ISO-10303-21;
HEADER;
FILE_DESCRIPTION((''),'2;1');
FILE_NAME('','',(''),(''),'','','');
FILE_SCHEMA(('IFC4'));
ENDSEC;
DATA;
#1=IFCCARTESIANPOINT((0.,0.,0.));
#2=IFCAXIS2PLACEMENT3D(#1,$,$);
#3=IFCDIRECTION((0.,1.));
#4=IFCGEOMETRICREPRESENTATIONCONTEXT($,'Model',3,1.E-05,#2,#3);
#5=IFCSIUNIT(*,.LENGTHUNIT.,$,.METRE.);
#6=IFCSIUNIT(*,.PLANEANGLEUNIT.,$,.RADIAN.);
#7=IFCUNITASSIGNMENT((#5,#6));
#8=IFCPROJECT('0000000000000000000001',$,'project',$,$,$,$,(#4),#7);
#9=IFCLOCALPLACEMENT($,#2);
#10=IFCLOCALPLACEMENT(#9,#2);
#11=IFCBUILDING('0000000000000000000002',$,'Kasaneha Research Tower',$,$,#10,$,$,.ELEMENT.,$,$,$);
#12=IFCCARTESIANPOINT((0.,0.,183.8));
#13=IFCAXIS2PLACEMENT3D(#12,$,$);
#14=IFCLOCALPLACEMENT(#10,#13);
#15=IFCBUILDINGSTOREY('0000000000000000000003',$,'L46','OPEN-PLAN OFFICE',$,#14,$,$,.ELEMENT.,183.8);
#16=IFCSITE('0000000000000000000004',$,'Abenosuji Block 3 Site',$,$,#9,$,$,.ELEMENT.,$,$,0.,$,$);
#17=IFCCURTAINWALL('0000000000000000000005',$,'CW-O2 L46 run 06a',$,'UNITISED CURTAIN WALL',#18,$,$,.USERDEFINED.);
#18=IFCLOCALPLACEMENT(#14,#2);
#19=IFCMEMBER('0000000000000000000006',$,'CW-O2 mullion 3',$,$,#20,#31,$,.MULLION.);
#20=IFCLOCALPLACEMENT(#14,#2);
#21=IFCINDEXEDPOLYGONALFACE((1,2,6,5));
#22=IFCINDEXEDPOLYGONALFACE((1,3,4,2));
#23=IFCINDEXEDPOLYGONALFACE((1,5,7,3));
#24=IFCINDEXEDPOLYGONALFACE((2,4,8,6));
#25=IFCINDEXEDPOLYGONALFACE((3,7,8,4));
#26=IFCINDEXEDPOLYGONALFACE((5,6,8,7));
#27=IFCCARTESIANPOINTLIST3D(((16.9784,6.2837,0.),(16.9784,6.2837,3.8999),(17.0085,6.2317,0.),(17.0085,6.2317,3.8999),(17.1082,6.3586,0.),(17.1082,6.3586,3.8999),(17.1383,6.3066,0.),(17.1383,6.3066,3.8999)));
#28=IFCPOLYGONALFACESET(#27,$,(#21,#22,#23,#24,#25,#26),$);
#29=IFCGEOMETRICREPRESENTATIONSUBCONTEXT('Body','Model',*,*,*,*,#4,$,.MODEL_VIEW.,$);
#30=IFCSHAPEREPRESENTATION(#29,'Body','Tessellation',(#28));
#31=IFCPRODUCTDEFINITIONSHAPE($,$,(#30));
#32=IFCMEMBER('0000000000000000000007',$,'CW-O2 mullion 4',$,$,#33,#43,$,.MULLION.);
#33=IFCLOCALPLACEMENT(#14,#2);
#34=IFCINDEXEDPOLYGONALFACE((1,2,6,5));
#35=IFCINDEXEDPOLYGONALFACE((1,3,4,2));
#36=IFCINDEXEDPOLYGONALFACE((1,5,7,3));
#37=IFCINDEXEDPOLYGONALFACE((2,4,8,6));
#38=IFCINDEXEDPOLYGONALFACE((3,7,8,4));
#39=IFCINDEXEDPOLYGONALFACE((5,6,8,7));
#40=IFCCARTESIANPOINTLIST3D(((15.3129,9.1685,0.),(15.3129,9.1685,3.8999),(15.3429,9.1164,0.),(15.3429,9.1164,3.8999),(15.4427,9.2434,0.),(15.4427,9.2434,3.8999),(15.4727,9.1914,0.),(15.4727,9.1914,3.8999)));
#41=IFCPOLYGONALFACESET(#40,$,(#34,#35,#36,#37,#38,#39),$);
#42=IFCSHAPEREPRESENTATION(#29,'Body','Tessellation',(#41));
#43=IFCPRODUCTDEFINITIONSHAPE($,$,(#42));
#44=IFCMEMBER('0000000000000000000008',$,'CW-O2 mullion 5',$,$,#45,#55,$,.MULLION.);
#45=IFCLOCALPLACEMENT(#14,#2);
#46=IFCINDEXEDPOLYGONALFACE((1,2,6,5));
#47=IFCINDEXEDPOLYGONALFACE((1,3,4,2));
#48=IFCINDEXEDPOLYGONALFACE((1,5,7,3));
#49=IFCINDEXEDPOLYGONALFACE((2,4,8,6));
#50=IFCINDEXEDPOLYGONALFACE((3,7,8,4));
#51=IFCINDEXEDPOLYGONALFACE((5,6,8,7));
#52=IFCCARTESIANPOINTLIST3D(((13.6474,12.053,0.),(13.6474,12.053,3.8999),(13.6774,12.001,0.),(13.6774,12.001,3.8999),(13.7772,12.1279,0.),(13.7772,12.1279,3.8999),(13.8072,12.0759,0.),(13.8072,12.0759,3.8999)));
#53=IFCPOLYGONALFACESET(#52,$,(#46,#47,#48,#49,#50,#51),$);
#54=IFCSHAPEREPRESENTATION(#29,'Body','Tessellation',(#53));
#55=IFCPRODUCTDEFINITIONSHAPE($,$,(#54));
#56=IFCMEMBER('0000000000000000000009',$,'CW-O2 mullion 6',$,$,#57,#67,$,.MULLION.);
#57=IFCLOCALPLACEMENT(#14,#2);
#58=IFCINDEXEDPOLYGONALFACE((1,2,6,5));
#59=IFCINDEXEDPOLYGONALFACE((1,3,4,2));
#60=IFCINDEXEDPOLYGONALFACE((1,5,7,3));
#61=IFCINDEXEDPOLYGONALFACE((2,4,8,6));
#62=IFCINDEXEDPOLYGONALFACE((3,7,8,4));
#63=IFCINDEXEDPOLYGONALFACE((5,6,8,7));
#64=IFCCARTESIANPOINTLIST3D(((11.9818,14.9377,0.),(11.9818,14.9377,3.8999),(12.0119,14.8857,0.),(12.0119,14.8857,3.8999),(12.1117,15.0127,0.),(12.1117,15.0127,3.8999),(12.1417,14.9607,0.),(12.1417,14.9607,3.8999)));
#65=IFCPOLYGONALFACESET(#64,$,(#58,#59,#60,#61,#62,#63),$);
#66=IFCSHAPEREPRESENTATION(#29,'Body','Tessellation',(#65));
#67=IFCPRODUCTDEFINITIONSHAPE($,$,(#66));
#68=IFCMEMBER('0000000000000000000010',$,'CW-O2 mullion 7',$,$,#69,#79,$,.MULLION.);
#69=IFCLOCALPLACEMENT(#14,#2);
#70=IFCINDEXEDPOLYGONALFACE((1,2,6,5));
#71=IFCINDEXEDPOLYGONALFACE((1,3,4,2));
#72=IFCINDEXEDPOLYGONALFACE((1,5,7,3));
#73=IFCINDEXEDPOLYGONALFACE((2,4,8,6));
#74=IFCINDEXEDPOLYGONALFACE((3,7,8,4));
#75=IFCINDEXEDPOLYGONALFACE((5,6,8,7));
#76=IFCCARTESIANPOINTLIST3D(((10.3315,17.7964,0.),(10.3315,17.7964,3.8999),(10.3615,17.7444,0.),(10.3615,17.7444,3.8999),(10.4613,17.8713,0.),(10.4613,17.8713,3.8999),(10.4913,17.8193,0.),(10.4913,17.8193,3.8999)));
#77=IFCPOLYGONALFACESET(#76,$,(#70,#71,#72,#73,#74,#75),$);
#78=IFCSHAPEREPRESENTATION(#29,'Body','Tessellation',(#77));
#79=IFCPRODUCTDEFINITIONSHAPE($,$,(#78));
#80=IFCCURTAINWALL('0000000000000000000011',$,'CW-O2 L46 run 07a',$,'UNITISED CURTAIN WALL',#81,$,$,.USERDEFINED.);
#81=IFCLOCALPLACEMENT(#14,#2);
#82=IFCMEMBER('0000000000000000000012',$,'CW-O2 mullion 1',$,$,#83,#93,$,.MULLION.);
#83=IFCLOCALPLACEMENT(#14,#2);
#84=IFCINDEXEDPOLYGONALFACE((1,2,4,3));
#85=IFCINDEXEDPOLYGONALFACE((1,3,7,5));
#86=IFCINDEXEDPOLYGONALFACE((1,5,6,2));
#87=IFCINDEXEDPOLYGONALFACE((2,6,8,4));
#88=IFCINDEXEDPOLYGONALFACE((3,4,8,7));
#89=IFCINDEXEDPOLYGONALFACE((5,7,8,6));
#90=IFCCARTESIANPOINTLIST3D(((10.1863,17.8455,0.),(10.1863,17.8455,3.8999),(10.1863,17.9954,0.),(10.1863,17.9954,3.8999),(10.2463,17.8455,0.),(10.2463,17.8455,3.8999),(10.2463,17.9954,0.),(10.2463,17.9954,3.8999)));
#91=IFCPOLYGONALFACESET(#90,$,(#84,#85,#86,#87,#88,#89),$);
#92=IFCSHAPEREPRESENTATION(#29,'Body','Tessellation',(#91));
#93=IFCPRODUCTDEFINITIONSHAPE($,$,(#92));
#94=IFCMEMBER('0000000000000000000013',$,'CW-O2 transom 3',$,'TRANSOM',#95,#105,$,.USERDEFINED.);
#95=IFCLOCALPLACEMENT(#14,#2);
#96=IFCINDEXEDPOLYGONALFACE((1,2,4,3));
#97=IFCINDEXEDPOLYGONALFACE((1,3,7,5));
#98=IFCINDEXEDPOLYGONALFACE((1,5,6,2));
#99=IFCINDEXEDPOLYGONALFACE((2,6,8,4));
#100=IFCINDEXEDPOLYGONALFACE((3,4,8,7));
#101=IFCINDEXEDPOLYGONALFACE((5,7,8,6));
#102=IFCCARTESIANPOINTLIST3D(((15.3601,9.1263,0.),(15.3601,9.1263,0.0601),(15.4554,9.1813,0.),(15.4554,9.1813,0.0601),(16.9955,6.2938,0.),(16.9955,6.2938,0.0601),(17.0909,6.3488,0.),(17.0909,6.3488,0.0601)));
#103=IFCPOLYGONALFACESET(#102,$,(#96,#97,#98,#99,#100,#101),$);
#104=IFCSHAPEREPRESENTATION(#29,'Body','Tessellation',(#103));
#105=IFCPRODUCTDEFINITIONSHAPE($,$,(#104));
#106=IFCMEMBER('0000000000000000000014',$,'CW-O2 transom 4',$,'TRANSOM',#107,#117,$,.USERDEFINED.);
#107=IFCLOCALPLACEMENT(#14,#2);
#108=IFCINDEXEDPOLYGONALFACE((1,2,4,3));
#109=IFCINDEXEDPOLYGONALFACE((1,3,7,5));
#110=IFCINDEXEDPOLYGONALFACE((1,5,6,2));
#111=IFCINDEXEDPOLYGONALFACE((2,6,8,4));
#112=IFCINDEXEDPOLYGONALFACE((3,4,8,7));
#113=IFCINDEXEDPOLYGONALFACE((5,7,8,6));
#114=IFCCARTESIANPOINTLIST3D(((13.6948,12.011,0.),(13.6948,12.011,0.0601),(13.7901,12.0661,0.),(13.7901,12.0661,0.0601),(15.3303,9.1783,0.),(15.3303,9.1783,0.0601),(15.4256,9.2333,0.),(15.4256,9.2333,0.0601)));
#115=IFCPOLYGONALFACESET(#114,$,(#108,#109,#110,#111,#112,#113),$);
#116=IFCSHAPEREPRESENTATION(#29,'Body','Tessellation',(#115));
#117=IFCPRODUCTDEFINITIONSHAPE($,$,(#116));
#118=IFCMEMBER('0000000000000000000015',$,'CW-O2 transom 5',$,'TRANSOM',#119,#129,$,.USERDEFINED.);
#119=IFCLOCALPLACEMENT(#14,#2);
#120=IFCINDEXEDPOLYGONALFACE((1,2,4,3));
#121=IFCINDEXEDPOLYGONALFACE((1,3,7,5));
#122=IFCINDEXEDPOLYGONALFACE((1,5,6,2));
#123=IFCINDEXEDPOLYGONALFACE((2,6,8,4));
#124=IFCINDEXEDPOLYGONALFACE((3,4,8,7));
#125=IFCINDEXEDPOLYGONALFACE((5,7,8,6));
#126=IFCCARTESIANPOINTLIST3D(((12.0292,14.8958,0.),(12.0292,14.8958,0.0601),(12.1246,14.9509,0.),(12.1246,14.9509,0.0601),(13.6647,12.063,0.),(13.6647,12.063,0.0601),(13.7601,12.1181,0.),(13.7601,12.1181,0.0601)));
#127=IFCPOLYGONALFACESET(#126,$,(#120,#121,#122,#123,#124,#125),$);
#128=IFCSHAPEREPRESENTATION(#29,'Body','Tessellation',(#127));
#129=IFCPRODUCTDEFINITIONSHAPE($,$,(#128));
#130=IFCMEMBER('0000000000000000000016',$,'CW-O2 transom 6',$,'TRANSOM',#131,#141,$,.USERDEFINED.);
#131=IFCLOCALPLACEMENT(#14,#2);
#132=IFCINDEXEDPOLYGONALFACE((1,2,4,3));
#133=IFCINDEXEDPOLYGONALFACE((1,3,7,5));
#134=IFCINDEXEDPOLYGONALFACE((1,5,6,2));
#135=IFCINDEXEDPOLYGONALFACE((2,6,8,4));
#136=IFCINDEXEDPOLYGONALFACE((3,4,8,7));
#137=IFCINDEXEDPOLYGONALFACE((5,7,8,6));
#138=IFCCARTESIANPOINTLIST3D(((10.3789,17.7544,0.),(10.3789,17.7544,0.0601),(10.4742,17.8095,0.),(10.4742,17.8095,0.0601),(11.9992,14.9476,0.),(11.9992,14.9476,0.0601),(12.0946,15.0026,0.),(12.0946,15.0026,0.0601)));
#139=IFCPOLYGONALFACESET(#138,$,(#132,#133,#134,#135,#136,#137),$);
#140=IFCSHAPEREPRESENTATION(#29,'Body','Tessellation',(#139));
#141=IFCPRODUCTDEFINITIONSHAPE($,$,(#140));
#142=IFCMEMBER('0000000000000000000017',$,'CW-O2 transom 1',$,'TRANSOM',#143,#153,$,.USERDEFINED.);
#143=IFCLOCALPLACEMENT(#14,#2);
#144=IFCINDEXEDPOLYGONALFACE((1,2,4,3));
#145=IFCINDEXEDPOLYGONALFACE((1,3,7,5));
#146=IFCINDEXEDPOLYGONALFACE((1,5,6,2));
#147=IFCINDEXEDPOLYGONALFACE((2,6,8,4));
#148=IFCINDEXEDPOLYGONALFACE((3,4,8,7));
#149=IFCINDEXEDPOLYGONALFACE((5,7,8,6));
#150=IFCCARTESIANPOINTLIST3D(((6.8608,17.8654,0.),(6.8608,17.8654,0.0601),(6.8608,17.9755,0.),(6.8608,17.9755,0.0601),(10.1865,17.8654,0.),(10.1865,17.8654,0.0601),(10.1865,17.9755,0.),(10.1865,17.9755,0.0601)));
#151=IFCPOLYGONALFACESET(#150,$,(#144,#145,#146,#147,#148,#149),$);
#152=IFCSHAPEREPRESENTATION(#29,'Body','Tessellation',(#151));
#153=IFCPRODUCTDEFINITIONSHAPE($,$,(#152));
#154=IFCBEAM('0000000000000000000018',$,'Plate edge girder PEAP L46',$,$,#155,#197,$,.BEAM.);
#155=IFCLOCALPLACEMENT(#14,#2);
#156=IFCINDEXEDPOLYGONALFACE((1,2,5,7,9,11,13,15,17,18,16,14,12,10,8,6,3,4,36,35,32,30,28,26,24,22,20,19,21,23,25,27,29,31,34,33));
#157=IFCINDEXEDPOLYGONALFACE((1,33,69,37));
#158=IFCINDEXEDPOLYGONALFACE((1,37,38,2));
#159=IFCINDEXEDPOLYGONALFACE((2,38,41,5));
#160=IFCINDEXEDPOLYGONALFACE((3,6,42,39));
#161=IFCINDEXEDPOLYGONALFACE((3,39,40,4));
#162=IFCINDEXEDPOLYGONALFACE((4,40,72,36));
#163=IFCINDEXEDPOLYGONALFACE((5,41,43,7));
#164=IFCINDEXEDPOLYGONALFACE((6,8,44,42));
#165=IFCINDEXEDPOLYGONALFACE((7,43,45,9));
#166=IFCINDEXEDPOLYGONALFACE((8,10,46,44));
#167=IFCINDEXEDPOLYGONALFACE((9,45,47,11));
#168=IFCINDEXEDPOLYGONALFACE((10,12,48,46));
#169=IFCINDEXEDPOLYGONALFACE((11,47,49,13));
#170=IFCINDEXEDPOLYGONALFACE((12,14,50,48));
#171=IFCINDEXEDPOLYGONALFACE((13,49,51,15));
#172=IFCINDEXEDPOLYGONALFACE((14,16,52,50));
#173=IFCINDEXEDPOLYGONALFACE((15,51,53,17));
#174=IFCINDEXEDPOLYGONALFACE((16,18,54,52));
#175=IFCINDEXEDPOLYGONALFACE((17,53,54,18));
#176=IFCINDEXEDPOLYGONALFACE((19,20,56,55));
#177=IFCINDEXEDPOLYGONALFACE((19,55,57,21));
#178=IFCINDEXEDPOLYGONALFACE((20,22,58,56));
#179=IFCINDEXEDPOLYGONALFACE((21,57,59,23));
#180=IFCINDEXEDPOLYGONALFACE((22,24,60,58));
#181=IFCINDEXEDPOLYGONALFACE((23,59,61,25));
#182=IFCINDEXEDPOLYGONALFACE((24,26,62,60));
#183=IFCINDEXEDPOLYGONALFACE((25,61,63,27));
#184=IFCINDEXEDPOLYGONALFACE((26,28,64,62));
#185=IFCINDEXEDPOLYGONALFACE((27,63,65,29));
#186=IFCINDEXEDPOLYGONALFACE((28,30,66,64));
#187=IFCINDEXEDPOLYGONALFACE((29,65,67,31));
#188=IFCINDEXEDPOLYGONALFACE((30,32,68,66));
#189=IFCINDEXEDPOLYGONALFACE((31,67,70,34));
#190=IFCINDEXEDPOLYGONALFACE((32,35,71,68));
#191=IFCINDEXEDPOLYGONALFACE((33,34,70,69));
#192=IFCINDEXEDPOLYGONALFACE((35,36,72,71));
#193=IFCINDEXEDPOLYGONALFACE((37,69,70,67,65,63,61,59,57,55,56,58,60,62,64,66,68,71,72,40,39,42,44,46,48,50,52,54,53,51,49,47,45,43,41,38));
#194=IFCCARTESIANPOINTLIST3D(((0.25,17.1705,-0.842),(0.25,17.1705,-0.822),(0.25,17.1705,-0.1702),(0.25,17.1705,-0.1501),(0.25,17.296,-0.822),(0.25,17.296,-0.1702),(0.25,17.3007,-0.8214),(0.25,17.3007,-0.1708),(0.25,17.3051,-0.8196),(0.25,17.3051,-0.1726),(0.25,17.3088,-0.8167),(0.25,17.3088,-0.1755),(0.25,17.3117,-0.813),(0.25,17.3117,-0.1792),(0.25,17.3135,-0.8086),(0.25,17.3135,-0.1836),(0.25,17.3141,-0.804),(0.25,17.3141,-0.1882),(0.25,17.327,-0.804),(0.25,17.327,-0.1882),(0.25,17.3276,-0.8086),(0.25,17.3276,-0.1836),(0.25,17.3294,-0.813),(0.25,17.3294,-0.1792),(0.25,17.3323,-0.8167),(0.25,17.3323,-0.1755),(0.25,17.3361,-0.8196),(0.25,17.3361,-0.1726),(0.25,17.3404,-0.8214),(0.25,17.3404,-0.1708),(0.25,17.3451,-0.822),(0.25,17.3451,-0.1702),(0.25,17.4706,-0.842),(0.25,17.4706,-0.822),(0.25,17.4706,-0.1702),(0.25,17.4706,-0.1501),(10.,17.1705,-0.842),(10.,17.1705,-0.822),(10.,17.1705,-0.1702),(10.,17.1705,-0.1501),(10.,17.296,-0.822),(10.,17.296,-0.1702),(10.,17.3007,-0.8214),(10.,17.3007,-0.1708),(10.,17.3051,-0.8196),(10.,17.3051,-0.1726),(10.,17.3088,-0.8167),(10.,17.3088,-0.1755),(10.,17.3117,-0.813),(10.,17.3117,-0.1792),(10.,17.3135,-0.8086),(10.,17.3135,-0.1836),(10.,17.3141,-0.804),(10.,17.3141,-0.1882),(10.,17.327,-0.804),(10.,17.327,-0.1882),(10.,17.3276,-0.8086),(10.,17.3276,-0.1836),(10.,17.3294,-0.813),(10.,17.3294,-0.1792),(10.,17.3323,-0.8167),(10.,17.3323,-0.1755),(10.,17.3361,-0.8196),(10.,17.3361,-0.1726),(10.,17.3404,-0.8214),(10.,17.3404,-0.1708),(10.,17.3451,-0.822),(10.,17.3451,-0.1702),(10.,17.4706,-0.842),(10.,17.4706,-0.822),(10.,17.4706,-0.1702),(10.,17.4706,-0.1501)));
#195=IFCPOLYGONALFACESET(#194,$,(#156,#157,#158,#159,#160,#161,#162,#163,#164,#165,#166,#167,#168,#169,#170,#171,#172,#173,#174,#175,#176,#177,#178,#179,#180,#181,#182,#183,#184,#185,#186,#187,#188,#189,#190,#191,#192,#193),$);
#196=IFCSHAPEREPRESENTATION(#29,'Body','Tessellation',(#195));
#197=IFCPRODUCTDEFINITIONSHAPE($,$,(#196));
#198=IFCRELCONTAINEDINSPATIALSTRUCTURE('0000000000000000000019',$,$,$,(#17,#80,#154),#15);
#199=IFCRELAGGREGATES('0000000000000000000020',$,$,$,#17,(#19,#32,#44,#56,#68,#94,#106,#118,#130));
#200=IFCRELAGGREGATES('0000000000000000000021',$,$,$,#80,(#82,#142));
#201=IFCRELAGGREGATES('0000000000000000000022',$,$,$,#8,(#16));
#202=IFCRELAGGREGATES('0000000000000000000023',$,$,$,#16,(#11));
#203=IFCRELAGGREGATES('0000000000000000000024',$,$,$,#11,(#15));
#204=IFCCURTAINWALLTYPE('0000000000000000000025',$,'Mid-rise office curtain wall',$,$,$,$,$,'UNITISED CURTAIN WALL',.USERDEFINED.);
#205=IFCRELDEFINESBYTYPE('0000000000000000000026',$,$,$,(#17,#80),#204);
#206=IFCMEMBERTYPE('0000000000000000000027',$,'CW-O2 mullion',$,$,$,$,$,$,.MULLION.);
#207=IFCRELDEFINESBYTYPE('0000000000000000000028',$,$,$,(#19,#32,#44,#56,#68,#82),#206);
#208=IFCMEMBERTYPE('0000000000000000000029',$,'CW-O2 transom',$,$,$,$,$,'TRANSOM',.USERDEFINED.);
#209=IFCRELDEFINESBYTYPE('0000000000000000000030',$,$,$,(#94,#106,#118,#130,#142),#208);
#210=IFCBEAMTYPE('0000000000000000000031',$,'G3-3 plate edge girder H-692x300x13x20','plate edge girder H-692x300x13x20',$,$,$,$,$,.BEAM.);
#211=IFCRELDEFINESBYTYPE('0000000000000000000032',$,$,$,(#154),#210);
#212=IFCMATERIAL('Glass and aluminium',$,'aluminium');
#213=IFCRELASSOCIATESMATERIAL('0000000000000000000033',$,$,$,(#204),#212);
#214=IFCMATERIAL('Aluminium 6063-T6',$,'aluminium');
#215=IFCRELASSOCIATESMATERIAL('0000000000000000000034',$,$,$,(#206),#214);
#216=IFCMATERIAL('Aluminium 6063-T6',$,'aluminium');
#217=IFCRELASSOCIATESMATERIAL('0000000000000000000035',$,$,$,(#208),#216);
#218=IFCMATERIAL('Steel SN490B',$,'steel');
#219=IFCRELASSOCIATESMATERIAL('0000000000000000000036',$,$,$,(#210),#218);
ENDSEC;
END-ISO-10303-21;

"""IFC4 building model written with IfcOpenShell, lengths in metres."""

from ifc_helpers import new_model, si_unit, direction, frame, origin, origin_2d, place, context, subcontext, project, spatial, rectangle, i_section, extrude, material, material_profile, profile_set, type_object, element, aggregate, save


model = new_model("IFC4")

# Units and contexts
model_context = context("Model", 3, precision=1e-05, world=origin(), true_north=direction((0.0, 1.0)))
body_context = subcontext(model_context, "Body", "Model", "MODEL_VIEW")
ifc_project = project(units=[si_unit("LENGTHUNIT", "METRE"), si_unit("PLANEANGLEUNIT", "RADIAN")], contexts=[model_context])

# Site, building, storey
site_placement = place(None, origin())
site = spatial("IfcSite", under=ifc_project, at=site_placement, Name="Abenosuji Block 3 Site", CompositionType="ELEMENT", RefElevation=0.0)
building_placement = place(site_placement, origin())
building = spatial("IfcBuilding", under=site, at=building_placement, Name="Kasaneha Research Tower", CompositionType="ELEMENT")
storey_placement = place(building_placement, frame((0.0, 0.0, 183.8)))
storey = spatial("IfcBuildingStorey", under=building, at=storey_placement, Name="L46", Description="OPEN-PLAN OFFICE", CompositionType="ELEMENT", Elevation=183.8)

# Curtain wall, members
ifc_material_1 = material(Name="Glass and aluminium", Category="aluminium")
curtain_wall_type = type_object("IfcCurtainWallType", Name="Mid-rise office curtain wall", ElementType="UNITISED CURTAIN WALL", PredefinedType="USERDEFINED", material=ifc_material_1)
curtain_wall_1_placement = place(storey_placement, origin())
curtain_wall_1 = element("IfcCurtainWall", 1, at=curtain_wall_1_placement, inside=storey, type_object=curtain_wall_type, Name="CW-O2 L46 run 06a", ObjectType="UNITISED CURTAIN WALL", PredefinedType="USERDEFINED")
ifc_material_2 = material(Name="Aluminium 6063-T6", Category="aluminium")
ifc_material_profile_1 = material_profile(ifc_material_2, rectangle(XDim=0.0601, YDim=0.1499, at=origin_2d()), Name="CW-O2 mullion 60x150")
ifc_profile_set_1 = profile_set([ifc_material_profile_1], Name="Aluminium 6063-T6")
member_type_1 = type_object("IfcMemberType", Name="CW-O2 mullion", PredefinedType="MULLION", material=ifc_profile_set_1)
member_1_placement = place(storey_placement, frame((17.0583, 6.2952, 0.0), z_axis=(0.0, 0.0, 1.0), x_axis=(-0.5, 0.866025, 0.0)))
member_1 = element("IfcMember", 2, at=member_1_placement, type_object=member_type_1, Name="CW-O2 mullion 3", PredefinedType="MULLION", context=body_context, shape_type="SweptSolid", body=[
    extrude(rectangle(XDim=0.0601, YDim=0.1499, at=origin_2d()), origin(), (0.0, 0.0, 1.0), 3.8999),
])
member_2_placement = place(storey_placement, frame((15.3928, 9.1799, 0.0), z_axis=(0.0, 0.0, 1.0), x_axis=(-0.5, 0.866025, 0.0)))
member_2 = element("IfcMember", 3, at=member_2_placement, type_object=member_type_1, Name="CW-O2 mullion 4", PredefinedType="MULLION", context=body_context, shape_type="SweptSolid", body=[
    extrude(rectangle(XDim=0.0601, YDim=0.1499, at=origin_2d()), origin(), (0.0, 0.0, 1.0), 3.8999),
])
member_3_placement = place(storey_placement, frame((13.7273, 12.0645, 0.0), z_axis=(0.0, 0.0, 1.0), x_axis=(-0.5, 0.866025, 0.0)))
member_3 = element("IfcMember", 4, at=member_3_placement, type_object=member_type_1, Name="CW-O2 mullion 5", PredefinedType="MULLION", context=body_context, shape_type="SweptSolid", body=[
    extrude(rectangle(XDim=0.0601, YDim=0.1499, at=origin_2d()), origin(), (0.0, 0.0, 1.0), 3.8999),
])
member_4_placement = place(storey_placement, frame((12.0618, 14.9492, 0.0), z_axis=(0.0, 0.0, 1.0), x_axis=(-0.5, 0.866025, 0.0)))
member_4 = element("IfcMember", 5, at=member_4_placement, type_object=member_type_1, Name="CW-O2 mullion 6", PredefinedType="MULLION", context=body_context, shape_type="SweptSolid", body=[
    extrude(rectangle(XDim=0.0601, YDim=0.1499, at=origin_2d()), origin(), (0.0, 0.0, 1.0), 3.8999),
])
member_5_placement = place(storey_placement, frame((10.4114, 17.8079, 0.0), z_axis=(0.0, 0.0, 1.0), x_axis=(-0.5, 0.866025, 0.0)))
member_5 = element("IfcMember", 6, at=member_5_placement, type_object=member_type_1, Name="CW-O2 mullion 7", PredefinedType="MULLION", context=body_context, shape_type="SweptSolid", body=[
    extrude(rectangle(XDim=0.0601, YDim=0.1499, at=origin_2d()), origin(), (0.0, 0.0, 1.0), 3.8999),
])

# Curtain wall, member
curtain_wall_2_placement = place(storey_placement, origin())
curtain_wall_2 = element("IfcCurtainWall", 7, at=curtain_wall_2_placement, inside=storey, type_object=curtain_wall_type, Name="CW-O2 L46 run 07a", ObjectType="UNITISED CURTAIN WALL", PredefinedType="USERDEFINED")
member_6_placement = place(storey_placement, frame((10.2163, 17.9204, 0.0), z_axis=(0.0, 0.0, 1.0), x_axis=(-1.0, 0.0, 0.0)))
member_6 = element("IfcMember", 8, at=member_6_placement, type_object=member_type_1, Name="CW-O2 mullion 1", PredefinedType="MULLION", context=body_context, shape_type="SweptSolid", body=[
    extrude(rectangle(XDim=0.0601, YDim=0.1499, at=origin_2d()), origin(), (0.0, 0.0, 1.0), 3.8999),
])

# Members
ifc_material_3 = material(Name="Aluminium 6063-T6", Category="aluminium")
ifc_material_profile_2 = material_profile(ifc_material_3, rectangle(XDim=0.1101, YDim=0.0601, at=origin_2d()), Name="CW-O2 transom 110x60")
ifc_profile_set_2 = profile_set([ifc_material_profile_2], Name="Aluminium 6063-T6")
member_type_2 = type_object("IfcMemberType", Name="CW-O2 transom", ElementType="TRANSOM", PredefinedType="USERDEFINED", material=ifc_profile_set_2)
member_7_placement = place(storey_placement, frame((17.0432, 6.3213, 0.03), z_axis=(-0.500033, 0.866007, 0.0), x_axis=(-0.866007, -0.500033, 0.0)))
member_7 = element("IfcMember", 9, at=member_7_placement, type_object=member_type_2, Name="CW-O2 transom 3", ObjectType="TRANSOM", PredefinedType="USERDEFINED", context=body_context, shape_type="SweptSolid", body=[
    extrude(rectangle(XDim=0.1101, YDim=0.0601, at=origin_2d()), origin(), (0.0, 0.0, 1.0), 3.2708),
])
member_8_placement = place(storey_placement, frame((15.3779, 9.2058, 0.03), z_axis=(-0.5, 0.866025, 0.0), x_axis=(-0.866025, -0.5, 0.0)))
member_8 = element("IfcMember", 10, at=member_8_placement, type_object=member_type_2, Name="CW-O2 transom 4", ObjectType="TRANSOM", PredefinedType="USERDEFINED", context=body_context, shape_type="SweptSolid", body=[
    extrude(rectangle(XDim=0.1101, YDim=0.0601, at=origin_2d()), origin(), (0.0, 0.0, 1.0), 3.271),
])
member_9_placement = place(storey_placement, frame((13.7124, 12.0906, 0.03), z_axis=(-0.5, 0.866025, 0.0), x_axis=(-0.866025, -0.5, 0.0)))
member_9 = element("IfcMember", 11, at=member_9_placement, type_object=member_type_2, Name="CW-O2 transom 5", ObjectType="TRANSOM", PredefinedType="USERDEFINED", context=body_context, shape_type="SweptSolid", body=[
    extrude(rectangle(XDim=0.1101, YDim=0.0601, at=origin_2d()), origin(), (0.0, 0.0, 1.0), 3.271),
])
member_10_placement = place(storey_placement, frame((12.0469, 14.9751, 0.03), z_axis=(-0.499955, 0.866051, 0.0), x_axis=(-0.866051, -0.499955, 0.0)))
member_10 = element("IfcMember", 12, at=member_10_placement, type_object=member_type_2, Name="CW-O2 transom 6", ObjectType="TRANSOM", PredefinedType="USERDEFINED", context=body_context, shape_type="SweptSolid", body=[
    extrude(rectangle(XDim=0.1101, YDim=0.0601, at=origin_2d()), origin(), (0.0, 0.0, 1.0), 3.241),
])
member_11_placement = place(storey_placement, frame((10.1865, 17.9204, 0.03), z_axis=(-1.0, 0.0, 0.0), x_axis=(0.0, -1.0, 0.0)))
member_11 = element("IfcMember", 13, at=member_11_placement, type_object=member_type_2, Name="CW-O2 transom 1", ObjectType="TRANSOM", PredefinedType="USERDEFINED", context=body_context, shape_type="SweptSolid", body=[
    extrude(rectangle(XDim=0.1101, YDim=0.0601, at=origin_2d()), origin(), (0.0, 0.0, 1.0), 3.3257),
])

# Beam
ifc_material_4 = material(Name="Steel SN490B", Category="steel")
ifc_material_profile_3 = material_profile(ifc_material_4, i_section(OverallWidth=0.3, OverallDepth=0.6919, WebThickness=0.0129, FlangeThickness=0.02, FilletRadius=0.0181, at=origin_2d()), Name="H-692x300x13x20")
ifc_profile_set_3 = profile_set([ifc_material_profile_3], Name="Steel SN490B")
beam_type_1 = type_object("IfcBeamType", Name="G3-3 plate edge girder H-692x300x13x20", Description="plate edge girder H-692x300x13x20", PredefinedType="BEAM", material=ifc_profile_set_3)
beam_1_placement = place(storey_placement, frame((10.0, 17.3206, -0.4961), z_axis=(-1.0, 0.0, 0.0), x_axis=(0.0, -1.0, 0.0)))
element("IfcBeam", 14, at=beam_1_placement, inside=storey, type_object=beam_type_1, Name="Plate edge girder PEAP L46", PredefinedType="BEAM", context=body_context, shape_type="SweptSolid", body=[
    extrude(i_section(OverallWidth=0.3, OverallDepth=0.6919, WebThickness=0.0129, FlangeThickness=0.02, FilletRadius=0.0181, at=origin_2d()), origin(), (0.0, 0.0, 1.0), 9.75),
])

aggregate(curtain_wall_1, [member_1, member_2, member_3, member_4, member_5, member_7, member_8, member_9, member_10])
aggregate(curtain_wall_2, [member_6, member_11])

save(model, "model.ifc")
